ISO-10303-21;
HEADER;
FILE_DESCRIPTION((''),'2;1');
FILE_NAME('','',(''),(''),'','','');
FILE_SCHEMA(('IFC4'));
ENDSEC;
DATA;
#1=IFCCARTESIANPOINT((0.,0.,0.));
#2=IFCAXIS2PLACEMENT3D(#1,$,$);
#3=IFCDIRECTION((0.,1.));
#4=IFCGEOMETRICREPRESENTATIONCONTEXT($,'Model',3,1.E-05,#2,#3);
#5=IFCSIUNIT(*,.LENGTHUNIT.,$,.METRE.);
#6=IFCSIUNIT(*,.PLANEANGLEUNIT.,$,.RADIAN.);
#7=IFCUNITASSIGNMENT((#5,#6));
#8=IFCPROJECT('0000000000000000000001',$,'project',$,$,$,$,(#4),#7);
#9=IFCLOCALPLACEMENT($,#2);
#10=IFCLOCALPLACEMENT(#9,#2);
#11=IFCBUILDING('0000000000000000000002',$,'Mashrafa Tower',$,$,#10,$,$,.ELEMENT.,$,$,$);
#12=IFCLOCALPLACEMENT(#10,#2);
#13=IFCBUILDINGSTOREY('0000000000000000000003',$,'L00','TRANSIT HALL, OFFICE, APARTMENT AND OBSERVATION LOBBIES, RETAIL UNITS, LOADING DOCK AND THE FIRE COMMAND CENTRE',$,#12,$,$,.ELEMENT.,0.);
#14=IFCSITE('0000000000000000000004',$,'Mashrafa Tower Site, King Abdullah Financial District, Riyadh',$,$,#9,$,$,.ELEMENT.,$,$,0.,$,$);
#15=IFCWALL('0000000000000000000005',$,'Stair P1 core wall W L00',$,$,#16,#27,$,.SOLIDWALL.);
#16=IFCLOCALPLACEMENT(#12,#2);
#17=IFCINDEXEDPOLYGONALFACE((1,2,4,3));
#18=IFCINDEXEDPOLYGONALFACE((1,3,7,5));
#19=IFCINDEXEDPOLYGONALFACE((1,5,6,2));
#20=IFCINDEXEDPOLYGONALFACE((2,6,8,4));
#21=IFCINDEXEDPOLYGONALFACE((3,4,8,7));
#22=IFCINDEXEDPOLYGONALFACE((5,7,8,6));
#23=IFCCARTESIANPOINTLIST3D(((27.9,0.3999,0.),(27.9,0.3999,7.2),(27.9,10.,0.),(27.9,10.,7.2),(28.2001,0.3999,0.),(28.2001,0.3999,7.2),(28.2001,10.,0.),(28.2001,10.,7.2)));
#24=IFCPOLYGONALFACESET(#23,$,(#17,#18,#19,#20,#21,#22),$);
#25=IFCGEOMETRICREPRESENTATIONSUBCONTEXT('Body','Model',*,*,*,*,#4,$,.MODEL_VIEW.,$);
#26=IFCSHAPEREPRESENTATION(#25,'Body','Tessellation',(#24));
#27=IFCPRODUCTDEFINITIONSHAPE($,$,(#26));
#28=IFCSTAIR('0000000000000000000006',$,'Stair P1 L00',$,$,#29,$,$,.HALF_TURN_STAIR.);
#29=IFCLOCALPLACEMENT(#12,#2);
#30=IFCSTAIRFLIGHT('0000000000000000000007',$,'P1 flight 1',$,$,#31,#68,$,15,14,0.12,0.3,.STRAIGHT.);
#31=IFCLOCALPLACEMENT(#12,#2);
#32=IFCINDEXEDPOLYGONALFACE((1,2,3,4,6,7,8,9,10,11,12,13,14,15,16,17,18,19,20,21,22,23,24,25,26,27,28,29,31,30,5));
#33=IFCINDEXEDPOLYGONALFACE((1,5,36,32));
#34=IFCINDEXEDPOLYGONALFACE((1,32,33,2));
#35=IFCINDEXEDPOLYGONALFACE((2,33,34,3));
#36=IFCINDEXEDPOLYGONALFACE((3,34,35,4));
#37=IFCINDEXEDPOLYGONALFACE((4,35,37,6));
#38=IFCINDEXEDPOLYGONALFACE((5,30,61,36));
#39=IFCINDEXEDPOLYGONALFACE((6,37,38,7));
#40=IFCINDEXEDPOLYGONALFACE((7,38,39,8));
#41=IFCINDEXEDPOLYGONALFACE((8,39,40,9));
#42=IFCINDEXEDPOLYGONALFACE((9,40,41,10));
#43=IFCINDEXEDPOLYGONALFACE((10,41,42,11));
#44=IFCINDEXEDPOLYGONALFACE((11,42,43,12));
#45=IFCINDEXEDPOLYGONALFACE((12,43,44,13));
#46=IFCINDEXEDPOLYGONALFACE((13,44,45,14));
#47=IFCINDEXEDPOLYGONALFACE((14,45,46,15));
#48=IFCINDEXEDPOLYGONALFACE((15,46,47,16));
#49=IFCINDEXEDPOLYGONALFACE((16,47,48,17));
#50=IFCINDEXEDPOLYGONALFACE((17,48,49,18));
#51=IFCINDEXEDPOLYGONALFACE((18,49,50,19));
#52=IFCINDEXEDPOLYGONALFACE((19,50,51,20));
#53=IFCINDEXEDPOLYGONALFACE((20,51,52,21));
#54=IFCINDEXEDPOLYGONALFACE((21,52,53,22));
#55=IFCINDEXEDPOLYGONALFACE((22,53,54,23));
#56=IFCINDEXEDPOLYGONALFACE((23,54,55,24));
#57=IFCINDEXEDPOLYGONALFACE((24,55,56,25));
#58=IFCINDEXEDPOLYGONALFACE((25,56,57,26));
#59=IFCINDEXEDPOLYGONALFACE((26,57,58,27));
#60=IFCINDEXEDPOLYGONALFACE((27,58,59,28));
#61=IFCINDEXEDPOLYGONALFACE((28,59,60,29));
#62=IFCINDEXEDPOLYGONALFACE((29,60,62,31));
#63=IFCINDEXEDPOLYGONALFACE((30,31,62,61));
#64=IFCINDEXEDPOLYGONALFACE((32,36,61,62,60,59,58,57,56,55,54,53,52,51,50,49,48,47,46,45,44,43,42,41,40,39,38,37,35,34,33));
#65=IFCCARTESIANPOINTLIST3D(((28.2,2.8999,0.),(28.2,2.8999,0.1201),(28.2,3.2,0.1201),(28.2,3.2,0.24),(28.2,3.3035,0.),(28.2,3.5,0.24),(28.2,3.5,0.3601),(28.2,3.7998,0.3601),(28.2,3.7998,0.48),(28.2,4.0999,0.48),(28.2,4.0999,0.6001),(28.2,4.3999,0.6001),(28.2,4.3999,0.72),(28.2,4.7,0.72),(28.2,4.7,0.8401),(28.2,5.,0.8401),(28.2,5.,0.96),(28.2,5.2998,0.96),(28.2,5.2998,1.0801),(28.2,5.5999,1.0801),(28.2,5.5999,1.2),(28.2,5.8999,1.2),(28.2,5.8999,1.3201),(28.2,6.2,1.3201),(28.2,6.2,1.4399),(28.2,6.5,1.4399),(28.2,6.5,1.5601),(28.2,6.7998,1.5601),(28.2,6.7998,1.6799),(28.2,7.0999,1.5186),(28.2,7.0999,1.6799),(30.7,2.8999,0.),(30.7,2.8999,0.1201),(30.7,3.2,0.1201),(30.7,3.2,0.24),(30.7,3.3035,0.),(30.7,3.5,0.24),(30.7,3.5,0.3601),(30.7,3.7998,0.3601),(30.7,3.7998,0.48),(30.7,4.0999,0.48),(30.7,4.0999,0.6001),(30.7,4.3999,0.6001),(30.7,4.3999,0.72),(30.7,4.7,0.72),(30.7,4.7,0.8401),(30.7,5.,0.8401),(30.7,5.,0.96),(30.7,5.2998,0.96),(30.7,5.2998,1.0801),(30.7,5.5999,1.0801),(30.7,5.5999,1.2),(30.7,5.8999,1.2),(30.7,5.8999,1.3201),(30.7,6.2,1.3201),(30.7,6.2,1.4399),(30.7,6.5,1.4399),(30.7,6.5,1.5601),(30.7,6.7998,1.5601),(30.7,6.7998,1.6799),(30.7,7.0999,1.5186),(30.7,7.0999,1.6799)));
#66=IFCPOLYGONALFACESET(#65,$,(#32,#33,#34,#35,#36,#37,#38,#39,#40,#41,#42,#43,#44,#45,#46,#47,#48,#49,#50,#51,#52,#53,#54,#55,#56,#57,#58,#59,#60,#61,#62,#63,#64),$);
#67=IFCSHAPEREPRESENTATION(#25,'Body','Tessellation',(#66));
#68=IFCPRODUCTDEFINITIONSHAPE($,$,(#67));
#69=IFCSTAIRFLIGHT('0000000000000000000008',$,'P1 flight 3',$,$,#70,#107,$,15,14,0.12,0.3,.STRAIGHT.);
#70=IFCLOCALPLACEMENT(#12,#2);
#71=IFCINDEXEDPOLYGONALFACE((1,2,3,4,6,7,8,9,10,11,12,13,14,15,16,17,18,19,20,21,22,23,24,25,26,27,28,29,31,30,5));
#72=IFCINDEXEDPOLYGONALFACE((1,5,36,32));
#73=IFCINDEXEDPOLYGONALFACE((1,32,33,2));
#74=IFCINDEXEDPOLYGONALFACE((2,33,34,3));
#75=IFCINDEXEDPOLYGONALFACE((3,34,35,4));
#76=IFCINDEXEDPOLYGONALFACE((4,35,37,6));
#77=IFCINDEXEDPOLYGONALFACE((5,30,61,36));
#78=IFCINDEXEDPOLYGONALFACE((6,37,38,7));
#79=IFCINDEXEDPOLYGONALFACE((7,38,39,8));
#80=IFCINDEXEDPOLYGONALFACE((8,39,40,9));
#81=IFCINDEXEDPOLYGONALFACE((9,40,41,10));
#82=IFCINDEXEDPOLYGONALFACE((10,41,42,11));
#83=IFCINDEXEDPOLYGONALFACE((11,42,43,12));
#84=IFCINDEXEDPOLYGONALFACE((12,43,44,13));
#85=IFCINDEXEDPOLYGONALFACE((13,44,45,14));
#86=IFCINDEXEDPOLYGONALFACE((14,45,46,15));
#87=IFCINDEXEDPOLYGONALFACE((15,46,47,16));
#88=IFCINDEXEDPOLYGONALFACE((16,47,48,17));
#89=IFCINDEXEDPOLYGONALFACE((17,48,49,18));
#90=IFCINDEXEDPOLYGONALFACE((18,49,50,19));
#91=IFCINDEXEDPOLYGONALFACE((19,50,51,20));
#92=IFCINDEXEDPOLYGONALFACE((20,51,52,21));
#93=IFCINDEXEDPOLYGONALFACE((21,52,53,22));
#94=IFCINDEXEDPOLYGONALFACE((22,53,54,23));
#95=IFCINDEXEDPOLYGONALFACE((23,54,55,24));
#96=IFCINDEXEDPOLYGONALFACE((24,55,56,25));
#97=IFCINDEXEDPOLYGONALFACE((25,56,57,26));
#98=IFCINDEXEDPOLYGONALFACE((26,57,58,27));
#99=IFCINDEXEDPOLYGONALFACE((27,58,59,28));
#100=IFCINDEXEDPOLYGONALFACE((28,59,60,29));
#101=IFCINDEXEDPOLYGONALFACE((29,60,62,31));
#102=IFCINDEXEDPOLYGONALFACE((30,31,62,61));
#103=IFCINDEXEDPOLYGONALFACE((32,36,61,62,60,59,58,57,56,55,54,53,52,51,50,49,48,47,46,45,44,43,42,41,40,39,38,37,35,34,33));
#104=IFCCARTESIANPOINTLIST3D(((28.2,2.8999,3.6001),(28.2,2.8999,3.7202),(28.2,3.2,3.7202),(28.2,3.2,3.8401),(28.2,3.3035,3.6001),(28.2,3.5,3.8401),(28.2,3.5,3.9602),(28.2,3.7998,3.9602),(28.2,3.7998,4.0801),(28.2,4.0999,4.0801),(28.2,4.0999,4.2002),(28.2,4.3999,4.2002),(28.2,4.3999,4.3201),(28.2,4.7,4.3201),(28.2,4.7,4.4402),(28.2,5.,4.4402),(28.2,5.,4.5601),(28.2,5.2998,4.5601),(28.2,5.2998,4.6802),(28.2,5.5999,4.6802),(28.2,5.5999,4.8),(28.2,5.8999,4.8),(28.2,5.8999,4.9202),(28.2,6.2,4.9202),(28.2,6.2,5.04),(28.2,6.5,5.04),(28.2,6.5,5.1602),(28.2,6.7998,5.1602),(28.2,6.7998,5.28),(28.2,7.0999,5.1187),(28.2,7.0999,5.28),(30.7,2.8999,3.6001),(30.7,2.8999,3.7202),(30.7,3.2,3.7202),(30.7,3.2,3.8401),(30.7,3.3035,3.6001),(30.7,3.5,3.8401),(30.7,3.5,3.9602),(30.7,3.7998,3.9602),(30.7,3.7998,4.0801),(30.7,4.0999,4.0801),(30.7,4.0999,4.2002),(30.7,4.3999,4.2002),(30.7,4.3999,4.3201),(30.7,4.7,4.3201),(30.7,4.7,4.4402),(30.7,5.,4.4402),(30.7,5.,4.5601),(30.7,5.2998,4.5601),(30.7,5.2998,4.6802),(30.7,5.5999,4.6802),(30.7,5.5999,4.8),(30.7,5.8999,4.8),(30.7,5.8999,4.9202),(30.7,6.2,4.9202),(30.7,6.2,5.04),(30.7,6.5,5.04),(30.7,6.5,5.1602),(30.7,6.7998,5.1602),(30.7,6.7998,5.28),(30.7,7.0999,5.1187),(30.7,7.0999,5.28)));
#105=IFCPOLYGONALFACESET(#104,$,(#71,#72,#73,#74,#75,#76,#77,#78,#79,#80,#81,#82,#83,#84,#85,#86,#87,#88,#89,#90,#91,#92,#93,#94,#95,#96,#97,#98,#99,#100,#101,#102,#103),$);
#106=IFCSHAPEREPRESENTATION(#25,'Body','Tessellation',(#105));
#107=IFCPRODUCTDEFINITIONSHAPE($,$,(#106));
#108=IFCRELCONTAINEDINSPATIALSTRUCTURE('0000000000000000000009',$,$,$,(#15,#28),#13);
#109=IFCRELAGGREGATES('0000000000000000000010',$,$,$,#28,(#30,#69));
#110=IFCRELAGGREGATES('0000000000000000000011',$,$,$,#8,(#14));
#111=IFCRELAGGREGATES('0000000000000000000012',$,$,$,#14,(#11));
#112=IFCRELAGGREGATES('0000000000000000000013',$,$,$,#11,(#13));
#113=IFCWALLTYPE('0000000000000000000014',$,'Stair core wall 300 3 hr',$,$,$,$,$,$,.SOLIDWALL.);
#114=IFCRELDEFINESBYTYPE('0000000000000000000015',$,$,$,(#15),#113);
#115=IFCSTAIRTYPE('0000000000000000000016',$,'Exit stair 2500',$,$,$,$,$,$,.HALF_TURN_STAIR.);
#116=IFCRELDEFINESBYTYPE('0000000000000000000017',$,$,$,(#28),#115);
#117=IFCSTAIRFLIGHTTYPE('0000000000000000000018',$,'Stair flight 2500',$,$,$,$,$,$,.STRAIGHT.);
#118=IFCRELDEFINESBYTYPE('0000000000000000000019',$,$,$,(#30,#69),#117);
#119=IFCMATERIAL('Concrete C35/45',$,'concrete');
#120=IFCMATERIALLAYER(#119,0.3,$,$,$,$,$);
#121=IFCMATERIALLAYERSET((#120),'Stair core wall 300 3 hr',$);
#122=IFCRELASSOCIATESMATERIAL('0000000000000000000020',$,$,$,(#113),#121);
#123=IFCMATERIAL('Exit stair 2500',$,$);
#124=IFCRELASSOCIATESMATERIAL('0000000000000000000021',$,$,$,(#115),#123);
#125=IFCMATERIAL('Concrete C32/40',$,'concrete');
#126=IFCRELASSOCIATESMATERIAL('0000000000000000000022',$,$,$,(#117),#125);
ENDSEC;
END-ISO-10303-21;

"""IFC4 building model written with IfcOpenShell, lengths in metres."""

from ifc_helpers import new_model, si_unit, direction, frame, frame_2d, origin, place, context, subcontext, project, spatial, polyline, rectangle, outline, extrude, material, layer, layer_set, type_object, element, aggregate, save


model = new_model("IFC4")

# Units and contexts
model_context = context("Model", 3, precision=1e-05, world=origin(), true_north=direction((0.0, 1.0)))
body_context = subcontext(model_context, "Body", "Model", "MODEL_VIEW")
ifc_project = project(units=[si_unit("LENGTHUNIT", "METRE"), si_unit("PLANEANGLEUNIT", "RADIAN")], contexts=[model_context])

# Site, building, storey
site_placement = place(None, origin())
site = spatial("IfcSite", under=ifc_project, at=site_placement, Name="Mashrafa Tower Site, King Abdullah Financial District, Riyadh", CompositionType="ELEMENT", RefElevation=0.0)
building_placement = place(site_placement, origin())
building = spatial("IfcBuilding", under=site, at=building_placement, Name="Mashrafa Tower", CompositionType="ELEMENT")
storey_placement = place(building_placement, origin())
storey = spatial("IfcBuildingStorey", under=building, at=storey_placement, Name="L00", Description="TRANSIT HALL, OFFICE, APARTMENT AND OBSERVATION LOBBIES, RETAIL UNITS, LOADING DOCK AND THE FIRE COMMAND CENTRE", CompositionType="ELEMENT", Elevation=0.0)

# Shared definitions
ifc_material_1 = material(Name="Concrete C35/45", Category="concrete")
ifc_layer_1 = layer(ifc_material_1, 0.3)
ifc_layer_set_1 = layer_set([ifc_layer_1], Name="Stair core wall 300 3 hr")
wall_type_1 = type_object("IfcWallType", Name="Stair core wall 300 3 hr", PredefinedType="SOLIDWALL", material=ifc_layer_set_1)

# Wall
wall_1_placement = place(storey_placement, frame((28.05, 10.0, 0.0), z_axis=(0.0, 0.0, 1.0), x_axis=(0.0, -1.0, 0.0)))
element("IfcWall", 1, at=wall_1_placement, inside=storey, type_object=wall_type_1, Name="Stair P1 core wall W L00", PredefinedType="SOLIDWALL", context=body_context, shape_type="SweptSolid", body=[
    extrude(rectangle(XDim=9.6001, YDim=0.3, at=frame_2d((4.8, 0.0))), origin(), (0.0, 0.0, 1.0), 7.2),
])

# Stair, stair flights
ifc_material_2 = material(Name="Exit stair 2500")
stair_type = type_object("IfcStairType", Name="Exit stair 2500", PredefinedType="HALF_TURN_STAIR", material=ifc_material_2)
stair_placement = place(storey_placement, origin())
stair = element("IfcStair", 2, at=stair_placement, inside=storey, type_object=stair_type, Name="Stair P1 L00", PredefinedType="HALF_TURN_STAIR")
ifc_material_3 = material(Name="Concrete C32/40", Category="concrete")
stair_flight_type = type_object("IfcStairFlightType", Name="Stair flight 2500", PredefinedType="STRAIGHT", material=ifc_material_3)
stair_flight_1_placement = place(storey_placement, frame((29.45, 2.8999, 0.0), z_axis=(0.0, 0.0, 1.0), x_axis=(0.0, 1.0, 0.0)))
stair_flight_1 = element("IfcStairFlight", 3, at=stair_flight_1_placement, type_object=stair_flight_type, Name="P1 flight 1", NumberOfRisers=15, NumberOfTreads=14, PredefinedType="STRAIGHT", RiserHeight=0.12, TreadLength=0.3, context=body_context, shape_type="SweptSolid", body=[
    extrude(outline(polyline([(0.0, 0.0), (0.0, 0.1201), (0.3, 0.1201), (0.3, 0.24), (0.6001, 0.24), (0.6001, 0.3601), (0.8999, 0.3601), (0.8999, 0.48), (1.2, 0.48), (1.2, 0.6001), (1.5, 0.6001), (1.5, 0.72), (1.8, 0.72), (1.8, 0.8401), (2.1001, 0.8401), (2.1001, 0.96), (2.3999, 0.96), (2.3999, 1.0801), (2.7, 1.0801), (2.7, 1.2), (3.0, 1.2), (3.0, 1.3201), (3.3, 1.3201), (3.3, 1.4399), (3.6001, 1.4399), (3.6001, 1.5601), (3.8999, 1.5601), (3.8999, 1.6799), (4.2, 1.6799), (4.2, 1.8), (4.2, 1.5186), (0.4036, 0.0), (0.0, 0.0)])), frame((0.0, 1.25, 0.0), z_axis=(0.0, -1.0, 0.0), x_axis=(1.0, 0.0, 0.0)), (0.0, 0.0, 1.0), 2.5),
])
stair_flight_2_placement = place(storey_placement, frame((29.45, 2.8999, 3.6001), z_axis=(0.0, 0.0, 1.0), x_axis=(0.0, 1.0, 0.0)))
stair_flight_2 = element("IfcStairFlight", 4, at=stair_flight_2_placement, type_object=stair_flight_type, Name="P1 flight 3", NumberOfRisers=15, NumberOfTreads=14, PredefinedType="STRAIGHT", RiserHeight=0.12, TreadLength=0.3, context=body_context, shape_type="SweptSolid", body=[
    extrude(outline(polyline([(0.0, 0.0), (0.0, 0.1201), (0.3, 0.1201), (0.3, 0.24), (0.6001, 0.24), (0.6001, 0.3601), (0.8999, 0.3601), (0.8999, 0.48), (1.2, 0.48), (1.2, 0.6001), (1.5, 0.6001), (1.5, 0.72), (1.8, 0.72), (1.8, 0.8401), (2.1001, 0.8401), (2.1001, 0.96), (2.3999, 0.96), (2.3999, 1.0801), (2.7, 1.0801), (2.7, 1.2), (3.0, 1.2), (3.0, 1.3201), (3.3, 1.3201), (3.3, 1.4399), (3.6001, 1.4399), (3.6001, 1.5601), (3.8999, 1.5601), (3.8999, 1.6799), (4.2, 1.6799), (4.2, 1.8), (4.2, 1.5186), (0.4036, 0.0), (0.0, 0.0)])), frame((0.0, 1.25, 0.0), z_axis=(0.0, -1.0, 0.0), x_axis=(1.0, 0.0, 0.0)), (0.0, 0.0, 1.0), 2.5),
])
aggregate(stair, [stair_flight_1, stair_flight_2])

save(model, "model.ifc")
